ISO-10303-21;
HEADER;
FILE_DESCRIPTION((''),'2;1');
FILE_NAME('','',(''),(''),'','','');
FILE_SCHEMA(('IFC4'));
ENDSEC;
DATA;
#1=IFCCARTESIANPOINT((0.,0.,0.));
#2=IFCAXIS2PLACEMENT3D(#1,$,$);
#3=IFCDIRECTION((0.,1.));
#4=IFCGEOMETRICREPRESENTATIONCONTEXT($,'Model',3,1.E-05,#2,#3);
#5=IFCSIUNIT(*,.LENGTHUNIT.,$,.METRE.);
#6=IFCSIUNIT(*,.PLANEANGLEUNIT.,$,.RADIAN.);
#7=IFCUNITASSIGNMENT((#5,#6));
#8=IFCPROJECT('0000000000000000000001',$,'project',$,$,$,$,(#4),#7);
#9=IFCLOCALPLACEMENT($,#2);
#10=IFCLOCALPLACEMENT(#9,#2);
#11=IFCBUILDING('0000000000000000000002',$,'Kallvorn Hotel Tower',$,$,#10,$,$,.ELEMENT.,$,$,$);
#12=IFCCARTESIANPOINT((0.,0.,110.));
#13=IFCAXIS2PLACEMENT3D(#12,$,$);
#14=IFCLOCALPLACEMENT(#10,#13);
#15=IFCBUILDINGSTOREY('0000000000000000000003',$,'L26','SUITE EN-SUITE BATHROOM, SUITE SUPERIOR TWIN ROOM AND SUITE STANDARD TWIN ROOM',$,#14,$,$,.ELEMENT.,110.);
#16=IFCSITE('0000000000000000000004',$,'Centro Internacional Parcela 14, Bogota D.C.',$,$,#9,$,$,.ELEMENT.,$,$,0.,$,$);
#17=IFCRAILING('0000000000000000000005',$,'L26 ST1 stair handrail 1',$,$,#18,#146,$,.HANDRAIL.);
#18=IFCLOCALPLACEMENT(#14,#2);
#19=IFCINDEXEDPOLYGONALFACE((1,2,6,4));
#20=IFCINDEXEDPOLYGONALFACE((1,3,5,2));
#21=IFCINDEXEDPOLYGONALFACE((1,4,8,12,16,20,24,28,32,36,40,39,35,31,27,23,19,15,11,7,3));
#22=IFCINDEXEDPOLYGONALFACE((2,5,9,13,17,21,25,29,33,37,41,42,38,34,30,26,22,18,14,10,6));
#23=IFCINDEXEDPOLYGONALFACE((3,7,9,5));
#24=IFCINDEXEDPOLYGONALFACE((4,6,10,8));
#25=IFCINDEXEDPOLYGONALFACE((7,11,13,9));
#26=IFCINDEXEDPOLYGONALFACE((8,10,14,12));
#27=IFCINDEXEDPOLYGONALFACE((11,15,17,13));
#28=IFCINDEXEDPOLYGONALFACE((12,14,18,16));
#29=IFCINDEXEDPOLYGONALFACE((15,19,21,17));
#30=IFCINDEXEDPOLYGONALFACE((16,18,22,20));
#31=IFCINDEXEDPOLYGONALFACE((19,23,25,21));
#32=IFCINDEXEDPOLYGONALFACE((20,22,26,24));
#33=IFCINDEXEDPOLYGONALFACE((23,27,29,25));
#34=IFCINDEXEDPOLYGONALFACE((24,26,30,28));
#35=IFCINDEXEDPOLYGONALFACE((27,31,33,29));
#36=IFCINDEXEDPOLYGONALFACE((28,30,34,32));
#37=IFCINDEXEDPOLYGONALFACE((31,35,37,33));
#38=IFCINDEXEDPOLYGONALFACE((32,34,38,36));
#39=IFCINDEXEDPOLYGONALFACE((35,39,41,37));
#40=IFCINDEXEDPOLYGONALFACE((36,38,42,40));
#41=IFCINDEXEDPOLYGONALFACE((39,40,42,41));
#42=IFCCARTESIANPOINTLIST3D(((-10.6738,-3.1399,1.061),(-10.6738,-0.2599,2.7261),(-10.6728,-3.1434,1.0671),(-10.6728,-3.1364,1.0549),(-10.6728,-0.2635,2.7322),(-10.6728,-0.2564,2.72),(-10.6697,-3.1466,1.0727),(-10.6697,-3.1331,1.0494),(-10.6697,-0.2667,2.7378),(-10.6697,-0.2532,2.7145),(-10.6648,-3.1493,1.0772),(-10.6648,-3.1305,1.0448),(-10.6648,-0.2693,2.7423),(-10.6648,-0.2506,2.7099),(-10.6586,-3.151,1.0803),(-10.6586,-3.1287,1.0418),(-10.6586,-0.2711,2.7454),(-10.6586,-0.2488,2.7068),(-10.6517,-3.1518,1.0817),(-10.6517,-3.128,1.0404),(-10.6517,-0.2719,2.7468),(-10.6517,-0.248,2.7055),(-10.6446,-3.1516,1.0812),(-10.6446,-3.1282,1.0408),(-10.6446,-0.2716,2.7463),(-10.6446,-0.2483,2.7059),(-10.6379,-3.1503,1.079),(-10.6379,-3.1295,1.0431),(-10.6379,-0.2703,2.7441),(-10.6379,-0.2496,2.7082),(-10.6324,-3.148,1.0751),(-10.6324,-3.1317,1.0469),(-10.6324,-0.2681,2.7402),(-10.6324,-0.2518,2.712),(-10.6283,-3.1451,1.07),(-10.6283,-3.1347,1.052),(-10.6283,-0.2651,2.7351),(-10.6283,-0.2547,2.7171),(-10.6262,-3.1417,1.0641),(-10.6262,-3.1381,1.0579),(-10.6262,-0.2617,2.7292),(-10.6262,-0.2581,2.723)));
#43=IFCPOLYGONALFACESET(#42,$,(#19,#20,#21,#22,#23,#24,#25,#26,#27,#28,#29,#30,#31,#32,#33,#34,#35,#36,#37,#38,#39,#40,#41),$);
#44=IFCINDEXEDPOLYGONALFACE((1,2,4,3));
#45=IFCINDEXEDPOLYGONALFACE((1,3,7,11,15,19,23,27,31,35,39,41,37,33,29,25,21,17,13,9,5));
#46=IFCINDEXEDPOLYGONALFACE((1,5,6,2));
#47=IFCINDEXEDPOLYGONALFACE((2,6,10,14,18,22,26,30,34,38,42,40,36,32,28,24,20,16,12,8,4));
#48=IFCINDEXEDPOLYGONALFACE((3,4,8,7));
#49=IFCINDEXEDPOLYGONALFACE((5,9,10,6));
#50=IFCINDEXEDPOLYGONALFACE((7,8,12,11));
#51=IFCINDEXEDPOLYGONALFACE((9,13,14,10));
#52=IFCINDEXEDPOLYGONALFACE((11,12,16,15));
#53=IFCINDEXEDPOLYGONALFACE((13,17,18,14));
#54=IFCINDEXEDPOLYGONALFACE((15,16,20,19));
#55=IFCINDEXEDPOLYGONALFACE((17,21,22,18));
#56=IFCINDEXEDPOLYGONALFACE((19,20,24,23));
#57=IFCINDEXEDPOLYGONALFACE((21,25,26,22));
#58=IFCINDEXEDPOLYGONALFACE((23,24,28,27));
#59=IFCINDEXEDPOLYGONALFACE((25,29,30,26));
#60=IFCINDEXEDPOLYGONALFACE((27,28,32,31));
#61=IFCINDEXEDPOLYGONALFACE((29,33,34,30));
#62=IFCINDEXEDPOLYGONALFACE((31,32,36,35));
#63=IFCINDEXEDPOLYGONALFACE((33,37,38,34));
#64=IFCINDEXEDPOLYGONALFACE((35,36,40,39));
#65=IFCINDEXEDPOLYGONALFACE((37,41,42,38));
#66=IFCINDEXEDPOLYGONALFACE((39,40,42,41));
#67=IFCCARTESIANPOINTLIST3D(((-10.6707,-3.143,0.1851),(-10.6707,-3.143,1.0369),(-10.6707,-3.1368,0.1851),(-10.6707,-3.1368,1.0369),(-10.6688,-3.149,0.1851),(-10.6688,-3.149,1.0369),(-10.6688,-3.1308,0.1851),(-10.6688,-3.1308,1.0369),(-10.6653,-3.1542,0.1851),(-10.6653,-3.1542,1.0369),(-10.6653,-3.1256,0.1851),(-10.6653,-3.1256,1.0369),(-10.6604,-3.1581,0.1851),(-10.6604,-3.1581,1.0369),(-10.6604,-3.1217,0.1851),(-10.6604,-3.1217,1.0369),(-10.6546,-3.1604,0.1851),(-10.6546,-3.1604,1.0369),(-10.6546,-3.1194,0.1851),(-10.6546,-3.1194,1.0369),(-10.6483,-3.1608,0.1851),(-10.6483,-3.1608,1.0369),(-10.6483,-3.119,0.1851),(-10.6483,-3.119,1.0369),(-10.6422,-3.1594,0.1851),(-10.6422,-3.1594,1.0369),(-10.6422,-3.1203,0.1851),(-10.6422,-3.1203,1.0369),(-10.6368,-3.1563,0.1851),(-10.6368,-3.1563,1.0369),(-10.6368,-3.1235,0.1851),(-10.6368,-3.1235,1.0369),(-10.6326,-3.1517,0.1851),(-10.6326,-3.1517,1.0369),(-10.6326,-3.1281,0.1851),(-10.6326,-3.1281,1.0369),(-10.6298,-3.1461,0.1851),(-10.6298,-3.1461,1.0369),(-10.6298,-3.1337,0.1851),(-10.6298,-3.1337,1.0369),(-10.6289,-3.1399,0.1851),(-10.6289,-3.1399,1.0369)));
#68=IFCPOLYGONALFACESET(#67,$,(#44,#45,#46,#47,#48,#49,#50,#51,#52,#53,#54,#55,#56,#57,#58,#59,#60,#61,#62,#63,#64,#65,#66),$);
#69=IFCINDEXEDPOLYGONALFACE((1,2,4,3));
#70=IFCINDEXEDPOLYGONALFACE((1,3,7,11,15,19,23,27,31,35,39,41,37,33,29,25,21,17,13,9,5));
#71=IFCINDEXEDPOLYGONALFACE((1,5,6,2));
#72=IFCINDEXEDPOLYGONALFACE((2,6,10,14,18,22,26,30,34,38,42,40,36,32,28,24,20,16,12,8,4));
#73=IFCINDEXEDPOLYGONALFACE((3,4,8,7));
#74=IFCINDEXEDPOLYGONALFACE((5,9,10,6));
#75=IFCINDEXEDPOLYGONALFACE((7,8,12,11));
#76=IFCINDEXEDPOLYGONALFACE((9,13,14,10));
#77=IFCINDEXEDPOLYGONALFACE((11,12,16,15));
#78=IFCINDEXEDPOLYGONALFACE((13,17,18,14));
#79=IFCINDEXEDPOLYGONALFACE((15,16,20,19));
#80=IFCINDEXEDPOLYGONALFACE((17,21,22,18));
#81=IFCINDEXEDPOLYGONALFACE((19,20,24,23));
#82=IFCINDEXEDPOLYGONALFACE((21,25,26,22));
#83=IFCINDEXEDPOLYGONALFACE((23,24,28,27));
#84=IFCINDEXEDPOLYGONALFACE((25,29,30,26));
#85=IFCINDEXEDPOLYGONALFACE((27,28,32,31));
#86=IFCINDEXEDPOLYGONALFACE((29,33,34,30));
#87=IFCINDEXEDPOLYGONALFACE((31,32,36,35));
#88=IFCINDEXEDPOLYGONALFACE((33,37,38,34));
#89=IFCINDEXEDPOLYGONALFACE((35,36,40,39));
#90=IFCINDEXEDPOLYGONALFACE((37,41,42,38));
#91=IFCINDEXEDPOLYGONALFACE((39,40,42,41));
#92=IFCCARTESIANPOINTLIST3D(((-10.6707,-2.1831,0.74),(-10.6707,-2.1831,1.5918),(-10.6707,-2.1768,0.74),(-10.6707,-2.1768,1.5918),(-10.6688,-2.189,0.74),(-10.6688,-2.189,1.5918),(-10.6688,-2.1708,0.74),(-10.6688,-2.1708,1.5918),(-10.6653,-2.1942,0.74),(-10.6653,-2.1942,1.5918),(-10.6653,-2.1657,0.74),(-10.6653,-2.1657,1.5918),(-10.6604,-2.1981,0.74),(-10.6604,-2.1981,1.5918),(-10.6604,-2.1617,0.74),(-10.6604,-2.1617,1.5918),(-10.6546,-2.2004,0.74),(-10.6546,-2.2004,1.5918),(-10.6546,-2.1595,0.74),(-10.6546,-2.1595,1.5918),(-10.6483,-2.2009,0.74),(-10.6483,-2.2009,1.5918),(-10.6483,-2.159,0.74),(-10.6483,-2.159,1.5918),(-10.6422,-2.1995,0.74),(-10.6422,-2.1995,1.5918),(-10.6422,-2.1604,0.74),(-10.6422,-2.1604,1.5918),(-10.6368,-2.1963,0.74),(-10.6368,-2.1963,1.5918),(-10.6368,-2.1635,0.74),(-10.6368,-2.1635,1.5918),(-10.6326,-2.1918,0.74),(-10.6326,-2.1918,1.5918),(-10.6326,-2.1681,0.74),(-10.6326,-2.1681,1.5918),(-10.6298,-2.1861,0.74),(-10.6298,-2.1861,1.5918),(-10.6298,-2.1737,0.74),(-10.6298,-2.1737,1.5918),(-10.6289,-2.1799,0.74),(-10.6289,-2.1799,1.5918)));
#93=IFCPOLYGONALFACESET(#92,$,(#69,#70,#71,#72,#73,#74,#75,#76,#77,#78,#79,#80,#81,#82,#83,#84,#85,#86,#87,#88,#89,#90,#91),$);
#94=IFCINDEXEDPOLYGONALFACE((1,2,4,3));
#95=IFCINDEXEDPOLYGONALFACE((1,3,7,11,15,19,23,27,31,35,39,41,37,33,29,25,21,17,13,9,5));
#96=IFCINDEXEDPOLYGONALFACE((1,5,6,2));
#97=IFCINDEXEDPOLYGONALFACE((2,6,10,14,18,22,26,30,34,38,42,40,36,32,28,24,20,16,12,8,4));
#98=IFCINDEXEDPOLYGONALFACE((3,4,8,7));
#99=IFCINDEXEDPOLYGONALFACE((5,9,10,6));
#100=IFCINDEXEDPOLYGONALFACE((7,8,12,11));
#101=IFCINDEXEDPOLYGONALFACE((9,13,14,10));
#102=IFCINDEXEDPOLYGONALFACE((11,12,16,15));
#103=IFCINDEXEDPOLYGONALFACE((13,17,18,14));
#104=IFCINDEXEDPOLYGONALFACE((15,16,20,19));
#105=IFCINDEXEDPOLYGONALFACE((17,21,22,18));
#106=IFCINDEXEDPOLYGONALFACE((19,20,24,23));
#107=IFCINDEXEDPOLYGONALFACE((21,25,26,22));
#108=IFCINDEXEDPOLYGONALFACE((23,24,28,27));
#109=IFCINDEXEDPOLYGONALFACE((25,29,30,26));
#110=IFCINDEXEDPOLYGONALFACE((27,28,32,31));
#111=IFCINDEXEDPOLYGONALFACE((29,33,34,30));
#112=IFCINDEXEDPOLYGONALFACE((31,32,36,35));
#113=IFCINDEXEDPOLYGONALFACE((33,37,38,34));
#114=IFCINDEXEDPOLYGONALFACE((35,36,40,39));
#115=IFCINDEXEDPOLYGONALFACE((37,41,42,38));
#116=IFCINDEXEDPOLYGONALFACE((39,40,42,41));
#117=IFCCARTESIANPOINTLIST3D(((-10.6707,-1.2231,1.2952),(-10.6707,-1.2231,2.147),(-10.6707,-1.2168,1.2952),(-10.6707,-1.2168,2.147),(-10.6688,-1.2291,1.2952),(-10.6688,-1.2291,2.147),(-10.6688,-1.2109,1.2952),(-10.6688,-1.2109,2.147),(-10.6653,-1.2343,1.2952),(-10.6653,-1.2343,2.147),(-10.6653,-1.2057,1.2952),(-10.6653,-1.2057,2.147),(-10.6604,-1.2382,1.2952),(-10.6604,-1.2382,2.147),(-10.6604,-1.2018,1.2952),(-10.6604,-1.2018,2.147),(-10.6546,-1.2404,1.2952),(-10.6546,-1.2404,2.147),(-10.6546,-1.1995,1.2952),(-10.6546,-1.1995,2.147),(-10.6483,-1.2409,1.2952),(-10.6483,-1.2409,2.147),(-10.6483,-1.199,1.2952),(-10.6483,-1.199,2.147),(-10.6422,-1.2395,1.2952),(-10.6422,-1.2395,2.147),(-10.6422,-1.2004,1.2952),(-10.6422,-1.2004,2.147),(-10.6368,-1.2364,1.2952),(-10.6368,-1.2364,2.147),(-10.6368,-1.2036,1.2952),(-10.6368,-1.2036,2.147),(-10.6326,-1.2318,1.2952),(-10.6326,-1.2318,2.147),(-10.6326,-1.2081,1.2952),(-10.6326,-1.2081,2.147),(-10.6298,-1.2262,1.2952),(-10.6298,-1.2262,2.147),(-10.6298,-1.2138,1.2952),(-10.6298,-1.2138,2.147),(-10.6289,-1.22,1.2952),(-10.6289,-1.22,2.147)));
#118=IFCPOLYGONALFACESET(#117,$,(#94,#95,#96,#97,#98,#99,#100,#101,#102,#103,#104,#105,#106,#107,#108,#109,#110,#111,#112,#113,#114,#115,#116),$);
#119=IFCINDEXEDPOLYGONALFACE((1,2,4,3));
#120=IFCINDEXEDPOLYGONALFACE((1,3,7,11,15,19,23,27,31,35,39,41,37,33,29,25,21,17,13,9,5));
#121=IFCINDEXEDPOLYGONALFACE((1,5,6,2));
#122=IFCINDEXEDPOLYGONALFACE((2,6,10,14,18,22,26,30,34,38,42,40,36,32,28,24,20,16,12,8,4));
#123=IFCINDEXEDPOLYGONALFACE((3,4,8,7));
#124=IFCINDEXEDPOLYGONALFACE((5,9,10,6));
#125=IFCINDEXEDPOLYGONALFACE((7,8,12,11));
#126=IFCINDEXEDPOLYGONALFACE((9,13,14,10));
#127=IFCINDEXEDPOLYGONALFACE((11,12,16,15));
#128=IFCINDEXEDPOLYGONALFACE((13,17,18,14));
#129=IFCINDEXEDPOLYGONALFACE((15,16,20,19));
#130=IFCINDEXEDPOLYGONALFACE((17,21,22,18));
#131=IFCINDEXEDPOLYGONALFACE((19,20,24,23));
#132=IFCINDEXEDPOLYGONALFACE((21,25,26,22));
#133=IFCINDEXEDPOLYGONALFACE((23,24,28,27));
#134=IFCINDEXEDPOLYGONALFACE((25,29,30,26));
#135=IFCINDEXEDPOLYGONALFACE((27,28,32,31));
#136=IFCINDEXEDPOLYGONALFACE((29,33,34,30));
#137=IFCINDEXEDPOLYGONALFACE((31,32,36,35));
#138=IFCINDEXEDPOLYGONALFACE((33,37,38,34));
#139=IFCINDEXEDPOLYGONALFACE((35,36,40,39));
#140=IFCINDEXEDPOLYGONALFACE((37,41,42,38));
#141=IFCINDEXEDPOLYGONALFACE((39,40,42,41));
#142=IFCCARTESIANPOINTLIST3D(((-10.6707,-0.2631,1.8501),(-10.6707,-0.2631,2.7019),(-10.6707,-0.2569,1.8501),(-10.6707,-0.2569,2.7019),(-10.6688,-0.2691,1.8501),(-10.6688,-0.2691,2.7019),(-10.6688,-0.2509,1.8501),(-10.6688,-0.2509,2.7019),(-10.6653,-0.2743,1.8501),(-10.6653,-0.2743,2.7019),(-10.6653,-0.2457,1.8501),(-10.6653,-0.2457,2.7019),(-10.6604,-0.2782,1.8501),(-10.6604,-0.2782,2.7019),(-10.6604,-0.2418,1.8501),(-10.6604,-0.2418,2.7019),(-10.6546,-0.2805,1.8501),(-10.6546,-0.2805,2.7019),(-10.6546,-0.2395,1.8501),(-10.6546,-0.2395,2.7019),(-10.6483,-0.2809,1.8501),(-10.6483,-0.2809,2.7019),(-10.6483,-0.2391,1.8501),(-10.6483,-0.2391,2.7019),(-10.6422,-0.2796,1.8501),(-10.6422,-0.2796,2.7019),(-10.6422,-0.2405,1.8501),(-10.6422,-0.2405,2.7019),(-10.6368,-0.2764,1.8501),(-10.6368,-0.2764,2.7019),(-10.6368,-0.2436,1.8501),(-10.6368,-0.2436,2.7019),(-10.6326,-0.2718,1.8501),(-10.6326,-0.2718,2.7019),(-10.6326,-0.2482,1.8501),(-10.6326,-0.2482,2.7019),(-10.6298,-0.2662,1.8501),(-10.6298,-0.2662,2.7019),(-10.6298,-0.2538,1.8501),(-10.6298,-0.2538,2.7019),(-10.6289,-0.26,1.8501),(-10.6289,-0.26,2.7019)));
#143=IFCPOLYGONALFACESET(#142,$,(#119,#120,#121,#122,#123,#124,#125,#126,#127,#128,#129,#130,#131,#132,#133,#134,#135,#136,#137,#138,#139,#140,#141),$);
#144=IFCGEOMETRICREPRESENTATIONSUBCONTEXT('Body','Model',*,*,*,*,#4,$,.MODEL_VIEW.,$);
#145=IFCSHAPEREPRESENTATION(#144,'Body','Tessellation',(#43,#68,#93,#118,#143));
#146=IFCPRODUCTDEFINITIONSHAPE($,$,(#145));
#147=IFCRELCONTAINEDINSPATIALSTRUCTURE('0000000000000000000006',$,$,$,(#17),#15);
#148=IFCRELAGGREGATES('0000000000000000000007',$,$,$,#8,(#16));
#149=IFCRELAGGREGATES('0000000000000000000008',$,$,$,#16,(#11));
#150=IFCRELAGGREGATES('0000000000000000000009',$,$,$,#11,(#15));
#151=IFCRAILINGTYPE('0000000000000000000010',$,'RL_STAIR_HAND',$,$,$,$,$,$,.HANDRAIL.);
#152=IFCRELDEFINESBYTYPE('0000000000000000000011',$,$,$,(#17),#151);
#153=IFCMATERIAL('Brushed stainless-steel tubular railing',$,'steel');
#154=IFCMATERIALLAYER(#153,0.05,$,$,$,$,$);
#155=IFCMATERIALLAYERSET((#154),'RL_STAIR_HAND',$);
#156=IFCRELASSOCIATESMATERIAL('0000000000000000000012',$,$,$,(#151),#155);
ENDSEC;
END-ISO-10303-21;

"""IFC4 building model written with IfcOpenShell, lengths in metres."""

from ifc_helpers import new_model, si_unit, direction, frame, origin, origin_2d, place, context, subcontext, project, spatial, circle, extrude, material, layer, layer_set, type_object, element, save


model = new_model("IFC4")

# Units and contexts
model_context = context("Model", 3, precision=1e-05, world=origin(), true_north=direction((0.0, 1.0)))
body_context = subcontext(model_context, "Body", "Model", "MODEL_VIEW")
ifc_project = project(units=[si_unit("LENGTHUNIT", "METRE"), si_unit("PLANEANGLEUNIT", "RADIAN")], contexts=[model_context])

# Site, building, storey
site_placement = place(None, origin())
site = spatial("IfcSite", under=ifc_project, at=site_placement, Name="Centro Internacional Parcela 14, Bogota D.C.", CompositionType="ELEMENT", RefElevation=0.0)
building_placement = place(site_placement, origin())
building = spatial("IfcBuilding", under=site, at=building_placement, Name="Kallvorn Hotel Tower", CompositionType="ELEMENT")
storey_placement = place(building_placement, frame((0.0, 0.0, 110.0)))
storey = spatial("IfcBuildingStorey", under=building, at=storey_placement, Name="L26", Description="SUITE EN-SUITE BATHROOM, SUITE SUPERIOR TWIN ROOM AND SUITE STANDARD TWIN ROOM", CompositionType="ELEMENT", Elevation=110.0)

# Railing
ifc_material_1 = material(Name="Brushed stainless-steel tubular railing", Category="steel")
ifc_layer_1 = layer(ifc_material_1, 0.05)
ifc_layer_set_1 = layer_set([ifc_layer_1], Name="RL_STAIR_HAND")
railing_type_1 = type_object("IfcRailingType", Name="RL_STAIR_HAND", PredefinedType="HANDRAIL", material=ifc_layer_set_1)
railing_1_placement = place(storey_placement, frame((-10.6499, -3.1399, 0.1851)))
element("IfcRailing", 1, at=railing_1_placement, inside=storey, type_object=railing_type_1, Name="L26 ST1 stair handrail 1", PredefinedType="HANDRAIL", context=body_context, shape_type="SweptSolid", body=[
    extrude(circle(Radius=0.0239, at=origin_2d()), frame((0.0, 0.0, 0.876), z_axis=(0.0, 0.865721, 0.500527), x_axis=(-1.0, 0.0, 0.0)), (0.0, 0.0, 1.0), 3.3267),
    extrude(circle(Radius=0.021, at=origin_2d()), origin(), (0.0, 0.0, 1.0), 0.8518),
    extrude(circle(Radius=0.021, at=origin_2d()), frame((0.0, 0.96, 0.5549)), (0.0, 0.0, 1.0), 0.8518),
    extrude(circle(Radius=0.021, at=origin_2d()), frame((0.0, 1.9199, 1.1101)), (0.0, 0.0, 1.0), 0.8518),
    extrude(circle(Radius=0.021, at=origin_2d()), frame((0.0, 2.8799, 1.665)), (0.0, 0.0, 1.0), 0.8518),
])

save(model, "model.ifc")
